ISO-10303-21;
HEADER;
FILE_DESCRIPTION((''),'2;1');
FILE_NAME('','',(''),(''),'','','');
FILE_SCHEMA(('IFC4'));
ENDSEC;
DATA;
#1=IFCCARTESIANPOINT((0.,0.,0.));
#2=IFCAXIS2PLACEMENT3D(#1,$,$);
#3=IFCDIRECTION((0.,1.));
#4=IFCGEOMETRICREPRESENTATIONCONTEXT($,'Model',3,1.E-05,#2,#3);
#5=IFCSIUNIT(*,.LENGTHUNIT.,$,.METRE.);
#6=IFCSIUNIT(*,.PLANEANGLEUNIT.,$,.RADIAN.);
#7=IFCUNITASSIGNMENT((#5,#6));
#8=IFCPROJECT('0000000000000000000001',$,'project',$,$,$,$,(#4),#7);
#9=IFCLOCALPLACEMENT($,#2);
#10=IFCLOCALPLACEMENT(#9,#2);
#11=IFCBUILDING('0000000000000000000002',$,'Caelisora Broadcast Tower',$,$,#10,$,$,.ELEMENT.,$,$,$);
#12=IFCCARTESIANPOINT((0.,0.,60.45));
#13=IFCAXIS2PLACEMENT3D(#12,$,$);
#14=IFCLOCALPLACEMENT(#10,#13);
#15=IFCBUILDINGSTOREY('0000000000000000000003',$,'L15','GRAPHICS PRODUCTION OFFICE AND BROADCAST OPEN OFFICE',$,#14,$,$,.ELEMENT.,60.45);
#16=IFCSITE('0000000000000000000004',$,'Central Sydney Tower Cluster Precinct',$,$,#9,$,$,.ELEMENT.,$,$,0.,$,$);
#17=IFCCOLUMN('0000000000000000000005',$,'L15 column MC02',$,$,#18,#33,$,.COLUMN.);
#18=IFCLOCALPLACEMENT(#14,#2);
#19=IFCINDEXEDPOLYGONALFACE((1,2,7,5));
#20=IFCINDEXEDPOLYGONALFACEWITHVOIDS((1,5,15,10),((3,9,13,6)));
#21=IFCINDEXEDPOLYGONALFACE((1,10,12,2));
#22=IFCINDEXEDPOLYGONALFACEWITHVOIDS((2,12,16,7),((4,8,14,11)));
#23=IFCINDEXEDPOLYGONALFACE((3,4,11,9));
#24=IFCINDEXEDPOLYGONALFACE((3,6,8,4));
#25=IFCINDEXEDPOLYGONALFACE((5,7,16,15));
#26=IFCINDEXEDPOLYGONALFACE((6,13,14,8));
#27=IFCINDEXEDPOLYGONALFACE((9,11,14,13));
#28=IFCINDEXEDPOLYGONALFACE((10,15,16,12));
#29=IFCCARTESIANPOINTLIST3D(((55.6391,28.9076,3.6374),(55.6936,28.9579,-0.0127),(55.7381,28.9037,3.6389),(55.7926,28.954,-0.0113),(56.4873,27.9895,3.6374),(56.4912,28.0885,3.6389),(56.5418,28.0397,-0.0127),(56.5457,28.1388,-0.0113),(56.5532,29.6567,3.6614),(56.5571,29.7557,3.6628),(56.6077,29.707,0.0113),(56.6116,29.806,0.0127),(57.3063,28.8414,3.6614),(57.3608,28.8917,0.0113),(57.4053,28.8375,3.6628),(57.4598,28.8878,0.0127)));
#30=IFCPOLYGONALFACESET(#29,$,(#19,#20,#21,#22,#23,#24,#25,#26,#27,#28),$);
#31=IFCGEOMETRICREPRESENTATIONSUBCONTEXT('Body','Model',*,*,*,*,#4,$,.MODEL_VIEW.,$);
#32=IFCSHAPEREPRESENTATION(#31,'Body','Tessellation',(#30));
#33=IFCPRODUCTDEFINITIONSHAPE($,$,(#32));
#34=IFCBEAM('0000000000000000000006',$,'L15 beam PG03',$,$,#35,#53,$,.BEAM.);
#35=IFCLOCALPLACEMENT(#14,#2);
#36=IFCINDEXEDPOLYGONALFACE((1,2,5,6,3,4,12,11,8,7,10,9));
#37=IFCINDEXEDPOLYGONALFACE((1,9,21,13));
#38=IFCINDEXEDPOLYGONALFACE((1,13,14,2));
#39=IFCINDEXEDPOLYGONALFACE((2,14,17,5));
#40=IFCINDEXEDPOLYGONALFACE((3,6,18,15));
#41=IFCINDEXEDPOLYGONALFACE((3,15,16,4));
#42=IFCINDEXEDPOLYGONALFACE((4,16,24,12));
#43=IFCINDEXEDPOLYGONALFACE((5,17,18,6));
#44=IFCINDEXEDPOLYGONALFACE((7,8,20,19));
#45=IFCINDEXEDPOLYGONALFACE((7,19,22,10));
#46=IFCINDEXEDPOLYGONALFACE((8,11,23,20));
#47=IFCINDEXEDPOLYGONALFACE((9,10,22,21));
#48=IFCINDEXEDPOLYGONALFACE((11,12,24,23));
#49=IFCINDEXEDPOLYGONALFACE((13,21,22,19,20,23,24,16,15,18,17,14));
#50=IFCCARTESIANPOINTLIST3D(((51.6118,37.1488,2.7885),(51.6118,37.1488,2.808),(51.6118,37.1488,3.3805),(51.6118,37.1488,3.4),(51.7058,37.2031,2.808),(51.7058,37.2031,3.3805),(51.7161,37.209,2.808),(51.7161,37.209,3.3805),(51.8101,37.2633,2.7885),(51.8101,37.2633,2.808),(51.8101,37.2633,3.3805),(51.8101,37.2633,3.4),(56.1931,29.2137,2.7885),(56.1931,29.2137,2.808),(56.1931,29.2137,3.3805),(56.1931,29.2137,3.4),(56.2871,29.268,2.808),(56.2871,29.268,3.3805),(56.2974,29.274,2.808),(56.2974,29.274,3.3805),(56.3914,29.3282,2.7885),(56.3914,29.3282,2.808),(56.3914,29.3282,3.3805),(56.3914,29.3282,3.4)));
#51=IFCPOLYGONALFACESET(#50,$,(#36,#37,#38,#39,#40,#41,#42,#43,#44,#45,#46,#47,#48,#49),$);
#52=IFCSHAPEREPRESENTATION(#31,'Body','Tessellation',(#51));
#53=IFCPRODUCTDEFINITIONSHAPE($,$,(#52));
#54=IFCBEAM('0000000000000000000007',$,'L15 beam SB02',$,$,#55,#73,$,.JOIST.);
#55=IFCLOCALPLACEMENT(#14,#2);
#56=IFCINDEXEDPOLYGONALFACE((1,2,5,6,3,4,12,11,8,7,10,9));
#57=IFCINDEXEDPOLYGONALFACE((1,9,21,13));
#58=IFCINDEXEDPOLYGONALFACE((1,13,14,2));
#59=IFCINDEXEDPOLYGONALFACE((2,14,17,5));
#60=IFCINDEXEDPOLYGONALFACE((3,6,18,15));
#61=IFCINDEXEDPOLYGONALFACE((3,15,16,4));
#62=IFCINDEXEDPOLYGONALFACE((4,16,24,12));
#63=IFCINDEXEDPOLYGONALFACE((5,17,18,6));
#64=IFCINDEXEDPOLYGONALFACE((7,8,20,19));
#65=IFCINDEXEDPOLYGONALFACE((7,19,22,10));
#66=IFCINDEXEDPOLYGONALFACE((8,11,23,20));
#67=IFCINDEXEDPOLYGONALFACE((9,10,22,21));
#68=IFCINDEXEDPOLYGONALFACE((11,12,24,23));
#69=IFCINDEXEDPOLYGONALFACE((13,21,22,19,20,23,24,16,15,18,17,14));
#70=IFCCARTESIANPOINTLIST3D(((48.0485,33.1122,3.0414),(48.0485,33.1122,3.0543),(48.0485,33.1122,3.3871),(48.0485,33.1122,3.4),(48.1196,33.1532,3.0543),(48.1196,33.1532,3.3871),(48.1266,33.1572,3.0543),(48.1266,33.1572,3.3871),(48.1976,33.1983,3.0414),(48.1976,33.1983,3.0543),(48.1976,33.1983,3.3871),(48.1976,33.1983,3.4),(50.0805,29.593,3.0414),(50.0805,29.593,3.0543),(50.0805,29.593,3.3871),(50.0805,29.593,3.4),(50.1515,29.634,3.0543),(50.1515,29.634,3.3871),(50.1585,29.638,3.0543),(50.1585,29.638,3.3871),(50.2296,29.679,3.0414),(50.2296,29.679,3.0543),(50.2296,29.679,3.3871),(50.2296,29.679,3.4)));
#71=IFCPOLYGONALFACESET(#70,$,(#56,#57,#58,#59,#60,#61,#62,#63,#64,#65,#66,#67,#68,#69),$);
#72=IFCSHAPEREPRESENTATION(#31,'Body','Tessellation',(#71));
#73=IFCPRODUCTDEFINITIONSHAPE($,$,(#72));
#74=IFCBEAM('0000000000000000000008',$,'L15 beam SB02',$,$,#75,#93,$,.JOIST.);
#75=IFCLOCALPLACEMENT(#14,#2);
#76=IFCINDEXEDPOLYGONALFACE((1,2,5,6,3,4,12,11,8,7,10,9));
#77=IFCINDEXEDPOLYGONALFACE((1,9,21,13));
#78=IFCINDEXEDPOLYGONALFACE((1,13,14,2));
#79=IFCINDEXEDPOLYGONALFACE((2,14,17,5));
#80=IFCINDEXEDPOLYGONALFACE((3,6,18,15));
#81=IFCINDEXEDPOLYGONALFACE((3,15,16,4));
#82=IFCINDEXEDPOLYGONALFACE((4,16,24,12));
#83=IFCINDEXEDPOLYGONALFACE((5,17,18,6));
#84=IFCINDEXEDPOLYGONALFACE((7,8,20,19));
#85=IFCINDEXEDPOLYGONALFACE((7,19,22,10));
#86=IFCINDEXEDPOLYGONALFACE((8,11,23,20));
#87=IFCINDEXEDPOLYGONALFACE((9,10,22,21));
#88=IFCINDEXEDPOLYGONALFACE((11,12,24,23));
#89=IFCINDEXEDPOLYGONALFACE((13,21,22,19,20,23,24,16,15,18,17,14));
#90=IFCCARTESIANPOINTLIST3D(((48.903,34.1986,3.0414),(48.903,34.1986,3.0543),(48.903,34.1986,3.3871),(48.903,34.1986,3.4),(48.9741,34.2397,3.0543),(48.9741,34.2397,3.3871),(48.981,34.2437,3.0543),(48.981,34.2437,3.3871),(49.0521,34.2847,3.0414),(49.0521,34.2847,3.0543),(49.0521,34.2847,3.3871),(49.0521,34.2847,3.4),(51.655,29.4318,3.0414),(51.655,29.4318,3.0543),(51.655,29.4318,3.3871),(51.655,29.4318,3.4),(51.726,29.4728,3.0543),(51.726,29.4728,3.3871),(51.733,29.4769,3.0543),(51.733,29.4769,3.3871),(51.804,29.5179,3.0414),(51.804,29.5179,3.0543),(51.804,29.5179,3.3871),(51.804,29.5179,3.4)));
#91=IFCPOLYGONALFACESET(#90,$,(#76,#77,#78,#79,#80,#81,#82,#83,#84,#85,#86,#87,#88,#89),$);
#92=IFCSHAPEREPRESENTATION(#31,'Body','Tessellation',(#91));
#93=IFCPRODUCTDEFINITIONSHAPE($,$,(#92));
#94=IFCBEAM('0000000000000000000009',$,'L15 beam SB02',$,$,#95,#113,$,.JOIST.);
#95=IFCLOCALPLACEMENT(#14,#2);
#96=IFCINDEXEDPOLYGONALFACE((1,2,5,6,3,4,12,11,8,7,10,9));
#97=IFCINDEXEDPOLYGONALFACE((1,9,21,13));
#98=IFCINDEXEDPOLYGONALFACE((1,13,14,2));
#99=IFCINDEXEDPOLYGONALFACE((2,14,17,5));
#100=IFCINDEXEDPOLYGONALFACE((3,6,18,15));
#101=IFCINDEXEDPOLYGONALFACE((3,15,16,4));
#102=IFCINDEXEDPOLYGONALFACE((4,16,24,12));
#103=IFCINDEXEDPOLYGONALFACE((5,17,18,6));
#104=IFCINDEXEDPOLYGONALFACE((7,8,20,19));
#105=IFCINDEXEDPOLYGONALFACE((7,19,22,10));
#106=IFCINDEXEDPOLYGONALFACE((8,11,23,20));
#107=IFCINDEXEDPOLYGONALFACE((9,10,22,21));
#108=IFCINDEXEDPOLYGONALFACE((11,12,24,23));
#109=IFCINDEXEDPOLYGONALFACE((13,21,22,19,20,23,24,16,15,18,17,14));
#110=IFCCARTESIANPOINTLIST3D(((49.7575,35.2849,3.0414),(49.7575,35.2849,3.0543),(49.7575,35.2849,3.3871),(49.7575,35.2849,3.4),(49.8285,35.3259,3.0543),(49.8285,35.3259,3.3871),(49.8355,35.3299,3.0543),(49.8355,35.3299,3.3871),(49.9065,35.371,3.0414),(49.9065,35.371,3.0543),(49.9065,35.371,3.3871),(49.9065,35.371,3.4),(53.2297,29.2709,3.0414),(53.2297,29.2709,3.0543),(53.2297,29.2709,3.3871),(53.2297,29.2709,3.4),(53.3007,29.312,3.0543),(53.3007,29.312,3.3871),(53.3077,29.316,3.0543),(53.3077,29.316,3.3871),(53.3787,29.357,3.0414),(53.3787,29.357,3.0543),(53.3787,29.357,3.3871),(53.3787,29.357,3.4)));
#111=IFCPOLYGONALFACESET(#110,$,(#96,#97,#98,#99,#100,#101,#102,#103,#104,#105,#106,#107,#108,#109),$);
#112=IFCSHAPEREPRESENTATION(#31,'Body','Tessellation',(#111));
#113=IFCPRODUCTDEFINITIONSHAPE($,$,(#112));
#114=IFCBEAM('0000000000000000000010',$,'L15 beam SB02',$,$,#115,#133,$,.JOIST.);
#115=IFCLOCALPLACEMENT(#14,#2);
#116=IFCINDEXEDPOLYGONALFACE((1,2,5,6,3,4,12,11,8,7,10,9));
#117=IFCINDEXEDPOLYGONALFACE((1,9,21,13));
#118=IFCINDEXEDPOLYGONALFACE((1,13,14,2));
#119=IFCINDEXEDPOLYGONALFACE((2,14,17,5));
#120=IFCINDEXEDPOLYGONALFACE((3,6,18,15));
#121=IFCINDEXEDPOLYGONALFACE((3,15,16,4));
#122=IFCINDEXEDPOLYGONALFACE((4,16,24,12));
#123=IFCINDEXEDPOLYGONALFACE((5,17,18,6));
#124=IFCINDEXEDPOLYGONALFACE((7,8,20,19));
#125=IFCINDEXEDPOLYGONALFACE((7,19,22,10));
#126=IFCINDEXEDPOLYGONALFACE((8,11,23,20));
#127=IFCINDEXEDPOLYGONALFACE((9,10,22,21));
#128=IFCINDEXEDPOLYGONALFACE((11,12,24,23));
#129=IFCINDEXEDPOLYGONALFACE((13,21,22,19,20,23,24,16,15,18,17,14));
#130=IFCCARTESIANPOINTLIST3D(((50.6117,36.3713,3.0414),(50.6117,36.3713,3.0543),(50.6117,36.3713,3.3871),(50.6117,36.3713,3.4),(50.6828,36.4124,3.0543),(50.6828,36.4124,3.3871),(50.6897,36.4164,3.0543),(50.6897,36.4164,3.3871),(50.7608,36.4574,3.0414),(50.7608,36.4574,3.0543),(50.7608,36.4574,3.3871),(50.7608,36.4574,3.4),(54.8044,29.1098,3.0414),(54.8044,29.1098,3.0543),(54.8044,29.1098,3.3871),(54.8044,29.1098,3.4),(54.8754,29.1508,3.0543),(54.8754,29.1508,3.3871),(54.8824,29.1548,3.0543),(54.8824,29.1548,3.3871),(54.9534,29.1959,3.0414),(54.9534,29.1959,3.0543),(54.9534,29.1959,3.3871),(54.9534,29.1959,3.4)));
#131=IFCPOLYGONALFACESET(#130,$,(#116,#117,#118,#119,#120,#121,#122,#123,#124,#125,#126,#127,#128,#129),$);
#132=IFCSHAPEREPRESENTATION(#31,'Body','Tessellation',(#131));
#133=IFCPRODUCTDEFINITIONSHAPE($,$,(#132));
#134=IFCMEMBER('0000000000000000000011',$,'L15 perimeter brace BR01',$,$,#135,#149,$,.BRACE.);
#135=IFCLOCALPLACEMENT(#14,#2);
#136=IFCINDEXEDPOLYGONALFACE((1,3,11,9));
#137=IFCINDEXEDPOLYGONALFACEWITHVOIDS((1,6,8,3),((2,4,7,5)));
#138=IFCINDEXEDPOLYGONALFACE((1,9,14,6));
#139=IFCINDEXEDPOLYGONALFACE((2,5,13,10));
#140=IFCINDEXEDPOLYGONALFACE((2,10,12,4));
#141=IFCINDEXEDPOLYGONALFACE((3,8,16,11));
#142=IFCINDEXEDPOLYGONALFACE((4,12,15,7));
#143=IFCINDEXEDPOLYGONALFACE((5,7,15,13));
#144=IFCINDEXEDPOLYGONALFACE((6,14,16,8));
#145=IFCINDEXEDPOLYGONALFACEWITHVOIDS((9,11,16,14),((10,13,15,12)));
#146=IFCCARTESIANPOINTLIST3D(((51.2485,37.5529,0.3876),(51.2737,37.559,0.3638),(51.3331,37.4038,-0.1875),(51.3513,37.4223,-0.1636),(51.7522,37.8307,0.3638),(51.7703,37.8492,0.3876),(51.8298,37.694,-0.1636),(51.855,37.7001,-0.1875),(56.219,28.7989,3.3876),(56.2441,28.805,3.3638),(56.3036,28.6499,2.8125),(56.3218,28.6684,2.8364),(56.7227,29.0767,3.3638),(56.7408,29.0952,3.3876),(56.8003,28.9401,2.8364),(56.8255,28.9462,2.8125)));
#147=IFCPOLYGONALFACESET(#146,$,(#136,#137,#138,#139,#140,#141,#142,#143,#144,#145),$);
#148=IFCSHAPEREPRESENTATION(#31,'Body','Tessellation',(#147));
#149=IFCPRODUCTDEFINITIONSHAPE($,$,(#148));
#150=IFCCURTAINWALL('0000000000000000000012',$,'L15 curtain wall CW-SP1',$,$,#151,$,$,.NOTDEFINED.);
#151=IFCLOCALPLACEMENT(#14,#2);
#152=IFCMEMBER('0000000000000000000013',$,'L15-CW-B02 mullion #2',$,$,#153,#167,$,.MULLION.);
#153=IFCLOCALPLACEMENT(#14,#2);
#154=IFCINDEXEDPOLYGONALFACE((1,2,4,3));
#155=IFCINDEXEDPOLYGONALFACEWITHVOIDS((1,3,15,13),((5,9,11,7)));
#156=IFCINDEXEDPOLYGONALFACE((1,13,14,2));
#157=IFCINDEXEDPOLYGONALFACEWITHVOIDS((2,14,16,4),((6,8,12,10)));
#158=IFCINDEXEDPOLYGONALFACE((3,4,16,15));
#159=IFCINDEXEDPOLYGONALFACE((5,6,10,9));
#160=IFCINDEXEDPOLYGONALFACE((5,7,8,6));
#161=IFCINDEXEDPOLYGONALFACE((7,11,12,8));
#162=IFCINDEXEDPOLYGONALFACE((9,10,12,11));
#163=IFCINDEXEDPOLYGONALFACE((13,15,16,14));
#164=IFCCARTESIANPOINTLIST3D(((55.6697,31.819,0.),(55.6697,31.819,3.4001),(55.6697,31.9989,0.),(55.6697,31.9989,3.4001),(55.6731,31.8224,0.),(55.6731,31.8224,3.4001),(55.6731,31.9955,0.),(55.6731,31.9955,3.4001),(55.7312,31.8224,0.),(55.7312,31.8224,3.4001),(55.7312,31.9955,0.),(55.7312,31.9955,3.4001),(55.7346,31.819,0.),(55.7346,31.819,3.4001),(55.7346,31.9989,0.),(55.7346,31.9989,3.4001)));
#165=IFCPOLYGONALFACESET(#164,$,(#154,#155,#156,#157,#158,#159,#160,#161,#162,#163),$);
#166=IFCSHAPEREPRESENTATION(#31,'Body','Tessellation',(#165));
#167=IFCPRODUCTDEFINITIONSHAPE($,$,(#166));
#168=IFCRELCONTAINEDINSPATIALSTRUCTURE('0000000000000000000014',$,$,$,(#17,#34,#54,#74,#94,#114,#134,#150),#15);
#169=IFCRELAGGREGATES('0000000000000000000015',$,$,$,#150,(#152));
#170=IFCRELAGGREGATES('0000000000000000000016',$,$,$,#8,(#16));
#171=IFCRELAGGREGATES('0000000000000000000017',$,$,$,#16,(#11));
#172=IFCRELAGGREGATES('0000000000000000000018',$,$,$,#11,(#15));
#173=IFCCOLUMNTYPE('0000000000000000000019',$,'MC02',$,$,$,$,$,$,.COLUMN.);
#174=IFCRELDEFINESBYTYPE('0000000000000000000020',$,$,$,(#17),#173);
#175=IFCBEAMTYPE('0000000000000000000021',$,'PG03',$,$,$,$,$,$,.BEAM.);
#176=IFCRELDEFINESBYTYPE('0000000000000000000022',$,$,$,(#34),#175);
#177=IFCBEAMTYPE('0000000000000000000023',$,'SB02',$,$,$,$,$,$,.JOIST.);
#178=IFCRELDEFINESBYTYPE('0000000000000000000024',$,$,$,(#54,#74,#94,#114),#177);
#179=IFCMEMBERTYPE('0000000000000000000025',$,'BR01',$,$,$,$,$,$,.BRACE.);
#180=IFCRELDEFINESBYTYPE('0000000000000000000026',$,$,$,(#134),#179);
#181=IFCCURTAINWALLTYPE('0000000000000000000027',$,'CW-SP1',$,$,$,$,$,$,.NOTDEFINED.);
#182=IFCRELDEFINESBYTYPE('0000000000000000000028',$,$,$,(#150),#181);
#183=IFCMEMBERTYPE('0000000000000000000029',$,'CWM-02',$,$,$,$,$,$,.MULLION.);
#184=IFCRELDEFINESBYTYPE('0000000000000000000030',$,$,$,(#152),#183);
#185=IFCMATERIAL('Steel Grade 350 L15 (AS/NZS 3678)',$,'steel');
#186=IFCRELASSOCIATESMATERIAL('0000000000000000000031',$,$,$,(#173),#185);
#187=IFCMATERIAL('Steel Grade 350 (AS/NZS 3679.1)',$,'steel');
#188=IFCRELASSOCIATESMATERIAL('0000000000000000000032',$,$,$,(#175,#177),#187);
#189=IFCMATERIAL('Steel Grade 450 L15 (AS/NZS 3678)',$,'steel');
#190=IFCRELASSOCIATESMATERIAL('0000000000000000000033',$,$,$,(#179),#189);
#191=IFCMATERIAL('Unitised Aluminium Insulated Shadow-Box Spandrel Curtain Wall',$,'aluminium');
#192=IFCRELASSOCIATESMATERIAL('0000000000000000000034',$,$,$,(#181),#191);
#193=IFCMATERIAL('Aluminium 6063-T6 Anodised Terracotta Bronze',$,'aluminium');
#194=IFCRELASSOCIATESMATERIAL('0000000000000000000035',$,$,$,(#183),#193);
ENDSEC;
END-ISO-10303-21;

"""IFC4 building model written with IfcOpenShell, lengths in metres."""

from ifc_helpers import new_model, si_unit, direction, frame, origin, origin_2d, place, context, subcontext, project, spatial, hollow_rectangle, i_section, extrude, source, transform, mapped, material, material_profile, profile_set, type_object, type_shapes, element, aggregate, save


model = new_model("IFC4")

# Units and contexts
model_context = context("Model", 3, precision=1e-05, world=origin(), true_north=direction((0.0, 1.0)))
body_context = subcontext(model_context, "Body", "Model", "MODEL_VIEW")
ifc_project = project(units=[si_unit("LENGTHUNIT", "METRE"), si_unit("PLANEANGLEUNIT", "RADIAN")], contexts=[model_context])

# Site, building, storey
site_placement = place(None, origin())
site = spatial("IfcSite", under=ifc_project, at=site_placement, Name="Central Sydney Tower Cluster Precinct", CompositionType="ELEMENT", RefElevation=0.0)
building_placement = place(site_placement, origin())
building = spatial("IfcBuilding", under=site, at=building_placement, Name="Caelisora Broadcast Tower", CompositionType="ELEMENT")
storey_placement = place(building_placement, frame((0.0, 0.0, 60.45)))
storey = spatial("IfcBuildingStorey", under=building, at=storey_placement, Name="L15", Description="GRAPHICS PRODUCTION OFFICE AND BROADCAST OPEN OFFICE", CompositionType="ELEMENT", Elevation=60.45)

# Column
ifc_material_1 = material(Name="Steel Grade 350 L15 (AS/NZS 3678)", Category="steel")
ifc_material_profile_1 = material_profile(ifc_material_1, hollow_rectangle(XDim=1.25, YDim=1.25, WallThickness=0.0701, at=origin_2d()), Name="Steel Grade 350 L15 (AS/NZS 3678)")
ifc_profile_set_1 = profile_set([ifc_material_profile_1], Name="Steel Grade 350 L15 (AS/NZS 3678)")
column_type = type_object("IfcColumnType", Name="MC02", PredefinedType="COLUMN", material=ifc_profile_set_1)
shared_shape_1 = source(origin(), body_context, "Body", "SweptSolid", [
    extrude(hollow_rectangle(XDim=1.25, YDim=1.25, WallThickness=0.0701, at=origin_2d()), origin(), (0.0, 0.0, 1.0), 3.6509),
])
type_shapes(column_type, [shared_shape_1])
column_placement = place(storey_placement, frame((56.5767, 28.9229, 0.0), z_axis=(-0.014912, -0.013776, 0.999794), x_axis=(0.678554, -0.734551, 0.0)))
element("IfcColumn", 1, at=column_placement, inside=storey, type_object=column_type, Name="L15 column MC02", PredefinedType="COLUMN", context=body_context, shape_type="MappedRepresentation", body=[
    mapped(shared_shape_1, transform((0.0, 0.0, 0.0), scale=1.0)),
])

# Beams
ifc_material_2 = material(Name="Steel Grade 350 (AS/NZS 3679.1)", Category="steel")
ifc_material_profile_2 = material_profile(ifc_material_2, i_section(OverallWidth=0.229, OverallDepth=0.6116, WebThickness=0.012, FlangeThickness=0.0195, at=origin_2d()), Name="Steel Grade 350 (AS/NZS 3679.1)")
ifc_profile_set_2 = profile_set([ifc_material_profile_2], Name="Steel Grade 350 (AS/NZS 3679.1)")
beam_type_1 = type_object("IfcBeamType", Name="PG03", PredefinedType="BEAM", material=ifc_profile_set_2)
shared_shape_2 = source(origin(), body_context, "Body", "SweptSolid", [
    extrude(i_section(OverallWidth=0.229, OverallDepth=0.6116, WebThickness=0.012, FlangeThickness=0.0195, at=origin_2d()), origin(), (0.0, 0.0, 1.0), 9.1626),
])
type_shapes(beam_type_1, [shared_shape_2])
beam_1_placement = place(storey_placement, frame((56.2922, 29.271, 3.0942), z_axis=(-0.499999, 0.866026, 0.0), x_axis=(-0.866026, -0.499999, 0.0)))
element("IfcBeam", 2, at=beam_1_placement, inside=storey, type_object=beam_type_1, Name="L15 beam PG03", PredefinedType="BEAM", context=body_context, shape_type="MappedRepresentation", body=[
    mapped(shared_shape_2, transform((0.0, 0.0, 0.0), scale=1.0)),
])
ifc_material_profile_3 = material_profile(ifc_material_2, i_section(OverallWidth=0.1721, OverallDepth=0.3586, WebThickness=0.0081, FlangeThickness=0.0129, at=origin_2d()), Name="Steel Grade 350 (AS/NZS 3679.1)")
ifc_profile_set_3 = profile_set([ifc_material_profile_3], Name="Steel Grade 350 (AS/NZS 3679.1)")
beam_type_2 = type_object("IfcBeamType", Name="SB02", PredefinedType="JOIST", material=ifc_profile_set_3)
shared_shape_3 = source(origin(), body_context, "Body", "SweptSolid", [
    extrude(i_section(OverallWidth=0.1721, OverallDepth=0.3586, WebThickness=0.0081, FlangeThickness=0.0129, at=origin_2d()), origin(), (0.0, 0.0, 1.0), 4.0637),
])
beam_2_placement = place(storey_placement, frame((50.155, 29.636, 3.2207), z_axis=(-0.500022, 0.866013, 0.0), x_axis=(-0.866013, -0.500022, 0.0)))
element("IfcBeam", 3, at=beam_2_placement, inside=storey, type_object=beam_type_2, Name="L15 beam SB02", PredefinedType="JOIST", context=body_context, shape_type="MappedRepresentation", body=[
    mapped(shared_shape_3, transform((0.0, 0.0, 0.0), scale=1.0)),
])
shared_shape_4 = source(origin(), body_context, "Body", "SweptSolid", [
    extrude(i_section(OverallWidth=0.1721, OverallDepth=0.3586, WebThickness=0.0081, FlangeThickness=0.0129, at=origin_2d()), origin(), (0.0, 0.0, 1.0), 5.5042),
])
beam_3_placement = place(storey_placement, frame((51.7295, 29.4749, 3.2207), z_axis=(-0.499975, 0.86604, 0.0), x_axis=(-0.86604, -0.499975, 0.0)))
element("IfcBeam", 4, at=beam_3_placement, inside=storey, type_object=beam_type_2, Name="L15 beam SB02", PredefinedType="JOIST", context=body_context, shape_type="MappedRepresentation", body=[
    mapped(shared_shape_4, transform((0.0, 0.0, 0.0), scale=1.0)),
])
shared_shape_5 = source(origin(), body_context, "Body", "SweptSolid", [
    extrude(i_section(OverallWidth=0.1721, OverallDepth=0.3586, WebThickness=0.0081, FlangeThickness=0.0129, at=origin_2d()), origin(), (0.0, 0.0, 1.0), 6.9443),
])
beam_4_placement = place(storey_placement, frame((53.3042, 29.314, 3.2207), z_axis=(-0.500003, 0.866023, 0.0), x_axis=(-0.866023, -0.500003, 0.0)))
element("IfcBeam", 5, at=beam_4_placement, inside=storey, type_object=beam_type_2, Name="L15 beam SB02", PredefinedType="JOIST", context=body_context, shape_type="MappedRepresentation", body=[
    mapped(shared_shape_5, transform((0.0, 0.0, 0.0), scale=1.0)),
])
shared_shape_6 = source(origin(), body_context, "Body", "SweptSolid", [
    extrude(i_section(OverallWidth=0.1721, OverallDepth=0.3586, WebThickness=0.0081, FlangeThickness=0.0129, at=origin_2d()), origin(), (0.0, 0.0, 1.0), 8.385),
])
type_shapes(beam_type_2, [shared_shape_3, shared_shape_4, shared_shape_5, shared_shape_6])
beam_5_placement = place(storey_placement, frame((54.8789, 29.1528, 3.2207), z_axis=(-0.500019, 0.866014, 0.0), x_axis=(-0.866014, -0.500019, 0.0)))
element("IfcBeam", 6, at=beam_5_placement, inside=storey, type_object=beam_type_2, Name="L15 beam SB02", PredefinedType="JOIST", context=body_context, shape_type="MappedRepresentation", body=[
    mapped(shared_shape_6, transform((0.0, 0.0, 0.0), scale=1.0)),
])

# Member
ifc_material_3 = material(Name="Steel Grade 450 L15 (AS/NZS 3678)", Category="steel")
ifc_material_profile_4 = material_profile(ifc_material_3, hollow_rectangle(XDim=0.6001, YDim=0.6001, WallThickness=0.0249, at=origin_2d()), Name="Steel Grade 450 L15 (AS/NZS 3678)")
ifc_profile_set_4 = profile_set([ifc_material_profile_4], Name="Steel Grade 450 L15 (AS/NZS 3678)")
member_type_1 = type_object("IfcMemberType", Name="BR01", PredefinedType="BRACE", material=ifc_profile_set_4)
shared_shape_7 = source(origin(), body_context, "Body", "SweptSolid", [
    extrude(hollow_rectangle(XDim=0.6001, YDim=0.6001, WallThickness=0.0249, at=origin_2d()), origin(), (0.0, 0.0, 1.0), 10.5042),
])
type_shapes(member_type_1, [shared_shape_7])
member_1_placement = place(storey_placement, frame((56.5222, 28.8726, 3.1001), z_axis=(-0.473192, 0.833379, -0.285602), x_axis=(-0.8696, -0.493758, 0.0)))
element("IfcMember", 7, at=member_1_placement, inside=storey, type_object=member_type_1, Name="L15 perimeter brace BR01", PredefinedType="BRACE", context=body_context, shape_type="MappedRepresentation", body=[
    mapped(shared_shape_7, transform((0.0, 0.0, 0.0), scale=1.0)),
])

# Curtain wall, member
ifc_material_4 = material(Name="Unitised Aluminium Insulated Shadow-Box Spandrel Curtain Wall", Category="aluminium")
curtain_wall_type_1 = type_object("IfcCurtainWallType", Name="CW-SP1", PredefinedType="NOTDEFINED", material=ifc_material_4)
curtain_wall_1_placement = place(storey_placement, origin())
curtain_wall_1 = element("IfcCurtainWall", 8, at=curtain_wall_1_placement, inside=storey, type_object=curtain_wall_type_1, Name="L15 curtain wall CW-SP1", PredefinedType="NOTDEFINED")
ifc_material_5 = material(Name="Aluminium 6063-T6 Anodised Terracotta Bronze", Category="aluminium")
ifc_material_profile_5 = material_profile(ifc_material_5, hollow_rectangle(XDim=0.0649, YDim=0.1799, WallThickness=0.0034, at=origin_2d()), Name="Aluminium 6063-T6 Anodised Terracotta Bronze")
ifc_profile_set_5 = profile_set([ifc_material_profile_5], Name="Aluminium 6063-T6 Anodised Terracotta Bronze")
member_type_2 = type_object("IfcMemberType", Name="CWM-02", PredefinedType="MULLION", material=ifc_profile_set_5)
shared_shape_8 = source(origin(), body_context, "Body", "SweptSolid", [
    extrude(hollow_rectangle(XDim=0.0649, YDim=0.1799, WallThickness=0.0034, at=origin_2d()), origin(), (0.0, 0.0, 1.0), 3.4001),
])
type_shapes(member_type_2, [shared_shape_8])
member_2_placement = place(storey_placement, frame((55.7021, 31.9089, 0.0), z_axis=(0.0, 0.0, 1.0), x_axis=(1.0, 0.0, 0.0)))
member_2 = element("IfcMember", 9, at=member_2_placement, type_object=member_type_2, Name="L15-CW-B02 mullion #2", PredefinedType="MULLION", context=body_context, shape_type="MappedRepresentation", body=[
    mapped(shared_shape_8, transform((0.0, 0.0, 0.0), scale=1.0)),
])

aggregate(curtain_wall_1, [member_2])

save(model, "model.ifc")
